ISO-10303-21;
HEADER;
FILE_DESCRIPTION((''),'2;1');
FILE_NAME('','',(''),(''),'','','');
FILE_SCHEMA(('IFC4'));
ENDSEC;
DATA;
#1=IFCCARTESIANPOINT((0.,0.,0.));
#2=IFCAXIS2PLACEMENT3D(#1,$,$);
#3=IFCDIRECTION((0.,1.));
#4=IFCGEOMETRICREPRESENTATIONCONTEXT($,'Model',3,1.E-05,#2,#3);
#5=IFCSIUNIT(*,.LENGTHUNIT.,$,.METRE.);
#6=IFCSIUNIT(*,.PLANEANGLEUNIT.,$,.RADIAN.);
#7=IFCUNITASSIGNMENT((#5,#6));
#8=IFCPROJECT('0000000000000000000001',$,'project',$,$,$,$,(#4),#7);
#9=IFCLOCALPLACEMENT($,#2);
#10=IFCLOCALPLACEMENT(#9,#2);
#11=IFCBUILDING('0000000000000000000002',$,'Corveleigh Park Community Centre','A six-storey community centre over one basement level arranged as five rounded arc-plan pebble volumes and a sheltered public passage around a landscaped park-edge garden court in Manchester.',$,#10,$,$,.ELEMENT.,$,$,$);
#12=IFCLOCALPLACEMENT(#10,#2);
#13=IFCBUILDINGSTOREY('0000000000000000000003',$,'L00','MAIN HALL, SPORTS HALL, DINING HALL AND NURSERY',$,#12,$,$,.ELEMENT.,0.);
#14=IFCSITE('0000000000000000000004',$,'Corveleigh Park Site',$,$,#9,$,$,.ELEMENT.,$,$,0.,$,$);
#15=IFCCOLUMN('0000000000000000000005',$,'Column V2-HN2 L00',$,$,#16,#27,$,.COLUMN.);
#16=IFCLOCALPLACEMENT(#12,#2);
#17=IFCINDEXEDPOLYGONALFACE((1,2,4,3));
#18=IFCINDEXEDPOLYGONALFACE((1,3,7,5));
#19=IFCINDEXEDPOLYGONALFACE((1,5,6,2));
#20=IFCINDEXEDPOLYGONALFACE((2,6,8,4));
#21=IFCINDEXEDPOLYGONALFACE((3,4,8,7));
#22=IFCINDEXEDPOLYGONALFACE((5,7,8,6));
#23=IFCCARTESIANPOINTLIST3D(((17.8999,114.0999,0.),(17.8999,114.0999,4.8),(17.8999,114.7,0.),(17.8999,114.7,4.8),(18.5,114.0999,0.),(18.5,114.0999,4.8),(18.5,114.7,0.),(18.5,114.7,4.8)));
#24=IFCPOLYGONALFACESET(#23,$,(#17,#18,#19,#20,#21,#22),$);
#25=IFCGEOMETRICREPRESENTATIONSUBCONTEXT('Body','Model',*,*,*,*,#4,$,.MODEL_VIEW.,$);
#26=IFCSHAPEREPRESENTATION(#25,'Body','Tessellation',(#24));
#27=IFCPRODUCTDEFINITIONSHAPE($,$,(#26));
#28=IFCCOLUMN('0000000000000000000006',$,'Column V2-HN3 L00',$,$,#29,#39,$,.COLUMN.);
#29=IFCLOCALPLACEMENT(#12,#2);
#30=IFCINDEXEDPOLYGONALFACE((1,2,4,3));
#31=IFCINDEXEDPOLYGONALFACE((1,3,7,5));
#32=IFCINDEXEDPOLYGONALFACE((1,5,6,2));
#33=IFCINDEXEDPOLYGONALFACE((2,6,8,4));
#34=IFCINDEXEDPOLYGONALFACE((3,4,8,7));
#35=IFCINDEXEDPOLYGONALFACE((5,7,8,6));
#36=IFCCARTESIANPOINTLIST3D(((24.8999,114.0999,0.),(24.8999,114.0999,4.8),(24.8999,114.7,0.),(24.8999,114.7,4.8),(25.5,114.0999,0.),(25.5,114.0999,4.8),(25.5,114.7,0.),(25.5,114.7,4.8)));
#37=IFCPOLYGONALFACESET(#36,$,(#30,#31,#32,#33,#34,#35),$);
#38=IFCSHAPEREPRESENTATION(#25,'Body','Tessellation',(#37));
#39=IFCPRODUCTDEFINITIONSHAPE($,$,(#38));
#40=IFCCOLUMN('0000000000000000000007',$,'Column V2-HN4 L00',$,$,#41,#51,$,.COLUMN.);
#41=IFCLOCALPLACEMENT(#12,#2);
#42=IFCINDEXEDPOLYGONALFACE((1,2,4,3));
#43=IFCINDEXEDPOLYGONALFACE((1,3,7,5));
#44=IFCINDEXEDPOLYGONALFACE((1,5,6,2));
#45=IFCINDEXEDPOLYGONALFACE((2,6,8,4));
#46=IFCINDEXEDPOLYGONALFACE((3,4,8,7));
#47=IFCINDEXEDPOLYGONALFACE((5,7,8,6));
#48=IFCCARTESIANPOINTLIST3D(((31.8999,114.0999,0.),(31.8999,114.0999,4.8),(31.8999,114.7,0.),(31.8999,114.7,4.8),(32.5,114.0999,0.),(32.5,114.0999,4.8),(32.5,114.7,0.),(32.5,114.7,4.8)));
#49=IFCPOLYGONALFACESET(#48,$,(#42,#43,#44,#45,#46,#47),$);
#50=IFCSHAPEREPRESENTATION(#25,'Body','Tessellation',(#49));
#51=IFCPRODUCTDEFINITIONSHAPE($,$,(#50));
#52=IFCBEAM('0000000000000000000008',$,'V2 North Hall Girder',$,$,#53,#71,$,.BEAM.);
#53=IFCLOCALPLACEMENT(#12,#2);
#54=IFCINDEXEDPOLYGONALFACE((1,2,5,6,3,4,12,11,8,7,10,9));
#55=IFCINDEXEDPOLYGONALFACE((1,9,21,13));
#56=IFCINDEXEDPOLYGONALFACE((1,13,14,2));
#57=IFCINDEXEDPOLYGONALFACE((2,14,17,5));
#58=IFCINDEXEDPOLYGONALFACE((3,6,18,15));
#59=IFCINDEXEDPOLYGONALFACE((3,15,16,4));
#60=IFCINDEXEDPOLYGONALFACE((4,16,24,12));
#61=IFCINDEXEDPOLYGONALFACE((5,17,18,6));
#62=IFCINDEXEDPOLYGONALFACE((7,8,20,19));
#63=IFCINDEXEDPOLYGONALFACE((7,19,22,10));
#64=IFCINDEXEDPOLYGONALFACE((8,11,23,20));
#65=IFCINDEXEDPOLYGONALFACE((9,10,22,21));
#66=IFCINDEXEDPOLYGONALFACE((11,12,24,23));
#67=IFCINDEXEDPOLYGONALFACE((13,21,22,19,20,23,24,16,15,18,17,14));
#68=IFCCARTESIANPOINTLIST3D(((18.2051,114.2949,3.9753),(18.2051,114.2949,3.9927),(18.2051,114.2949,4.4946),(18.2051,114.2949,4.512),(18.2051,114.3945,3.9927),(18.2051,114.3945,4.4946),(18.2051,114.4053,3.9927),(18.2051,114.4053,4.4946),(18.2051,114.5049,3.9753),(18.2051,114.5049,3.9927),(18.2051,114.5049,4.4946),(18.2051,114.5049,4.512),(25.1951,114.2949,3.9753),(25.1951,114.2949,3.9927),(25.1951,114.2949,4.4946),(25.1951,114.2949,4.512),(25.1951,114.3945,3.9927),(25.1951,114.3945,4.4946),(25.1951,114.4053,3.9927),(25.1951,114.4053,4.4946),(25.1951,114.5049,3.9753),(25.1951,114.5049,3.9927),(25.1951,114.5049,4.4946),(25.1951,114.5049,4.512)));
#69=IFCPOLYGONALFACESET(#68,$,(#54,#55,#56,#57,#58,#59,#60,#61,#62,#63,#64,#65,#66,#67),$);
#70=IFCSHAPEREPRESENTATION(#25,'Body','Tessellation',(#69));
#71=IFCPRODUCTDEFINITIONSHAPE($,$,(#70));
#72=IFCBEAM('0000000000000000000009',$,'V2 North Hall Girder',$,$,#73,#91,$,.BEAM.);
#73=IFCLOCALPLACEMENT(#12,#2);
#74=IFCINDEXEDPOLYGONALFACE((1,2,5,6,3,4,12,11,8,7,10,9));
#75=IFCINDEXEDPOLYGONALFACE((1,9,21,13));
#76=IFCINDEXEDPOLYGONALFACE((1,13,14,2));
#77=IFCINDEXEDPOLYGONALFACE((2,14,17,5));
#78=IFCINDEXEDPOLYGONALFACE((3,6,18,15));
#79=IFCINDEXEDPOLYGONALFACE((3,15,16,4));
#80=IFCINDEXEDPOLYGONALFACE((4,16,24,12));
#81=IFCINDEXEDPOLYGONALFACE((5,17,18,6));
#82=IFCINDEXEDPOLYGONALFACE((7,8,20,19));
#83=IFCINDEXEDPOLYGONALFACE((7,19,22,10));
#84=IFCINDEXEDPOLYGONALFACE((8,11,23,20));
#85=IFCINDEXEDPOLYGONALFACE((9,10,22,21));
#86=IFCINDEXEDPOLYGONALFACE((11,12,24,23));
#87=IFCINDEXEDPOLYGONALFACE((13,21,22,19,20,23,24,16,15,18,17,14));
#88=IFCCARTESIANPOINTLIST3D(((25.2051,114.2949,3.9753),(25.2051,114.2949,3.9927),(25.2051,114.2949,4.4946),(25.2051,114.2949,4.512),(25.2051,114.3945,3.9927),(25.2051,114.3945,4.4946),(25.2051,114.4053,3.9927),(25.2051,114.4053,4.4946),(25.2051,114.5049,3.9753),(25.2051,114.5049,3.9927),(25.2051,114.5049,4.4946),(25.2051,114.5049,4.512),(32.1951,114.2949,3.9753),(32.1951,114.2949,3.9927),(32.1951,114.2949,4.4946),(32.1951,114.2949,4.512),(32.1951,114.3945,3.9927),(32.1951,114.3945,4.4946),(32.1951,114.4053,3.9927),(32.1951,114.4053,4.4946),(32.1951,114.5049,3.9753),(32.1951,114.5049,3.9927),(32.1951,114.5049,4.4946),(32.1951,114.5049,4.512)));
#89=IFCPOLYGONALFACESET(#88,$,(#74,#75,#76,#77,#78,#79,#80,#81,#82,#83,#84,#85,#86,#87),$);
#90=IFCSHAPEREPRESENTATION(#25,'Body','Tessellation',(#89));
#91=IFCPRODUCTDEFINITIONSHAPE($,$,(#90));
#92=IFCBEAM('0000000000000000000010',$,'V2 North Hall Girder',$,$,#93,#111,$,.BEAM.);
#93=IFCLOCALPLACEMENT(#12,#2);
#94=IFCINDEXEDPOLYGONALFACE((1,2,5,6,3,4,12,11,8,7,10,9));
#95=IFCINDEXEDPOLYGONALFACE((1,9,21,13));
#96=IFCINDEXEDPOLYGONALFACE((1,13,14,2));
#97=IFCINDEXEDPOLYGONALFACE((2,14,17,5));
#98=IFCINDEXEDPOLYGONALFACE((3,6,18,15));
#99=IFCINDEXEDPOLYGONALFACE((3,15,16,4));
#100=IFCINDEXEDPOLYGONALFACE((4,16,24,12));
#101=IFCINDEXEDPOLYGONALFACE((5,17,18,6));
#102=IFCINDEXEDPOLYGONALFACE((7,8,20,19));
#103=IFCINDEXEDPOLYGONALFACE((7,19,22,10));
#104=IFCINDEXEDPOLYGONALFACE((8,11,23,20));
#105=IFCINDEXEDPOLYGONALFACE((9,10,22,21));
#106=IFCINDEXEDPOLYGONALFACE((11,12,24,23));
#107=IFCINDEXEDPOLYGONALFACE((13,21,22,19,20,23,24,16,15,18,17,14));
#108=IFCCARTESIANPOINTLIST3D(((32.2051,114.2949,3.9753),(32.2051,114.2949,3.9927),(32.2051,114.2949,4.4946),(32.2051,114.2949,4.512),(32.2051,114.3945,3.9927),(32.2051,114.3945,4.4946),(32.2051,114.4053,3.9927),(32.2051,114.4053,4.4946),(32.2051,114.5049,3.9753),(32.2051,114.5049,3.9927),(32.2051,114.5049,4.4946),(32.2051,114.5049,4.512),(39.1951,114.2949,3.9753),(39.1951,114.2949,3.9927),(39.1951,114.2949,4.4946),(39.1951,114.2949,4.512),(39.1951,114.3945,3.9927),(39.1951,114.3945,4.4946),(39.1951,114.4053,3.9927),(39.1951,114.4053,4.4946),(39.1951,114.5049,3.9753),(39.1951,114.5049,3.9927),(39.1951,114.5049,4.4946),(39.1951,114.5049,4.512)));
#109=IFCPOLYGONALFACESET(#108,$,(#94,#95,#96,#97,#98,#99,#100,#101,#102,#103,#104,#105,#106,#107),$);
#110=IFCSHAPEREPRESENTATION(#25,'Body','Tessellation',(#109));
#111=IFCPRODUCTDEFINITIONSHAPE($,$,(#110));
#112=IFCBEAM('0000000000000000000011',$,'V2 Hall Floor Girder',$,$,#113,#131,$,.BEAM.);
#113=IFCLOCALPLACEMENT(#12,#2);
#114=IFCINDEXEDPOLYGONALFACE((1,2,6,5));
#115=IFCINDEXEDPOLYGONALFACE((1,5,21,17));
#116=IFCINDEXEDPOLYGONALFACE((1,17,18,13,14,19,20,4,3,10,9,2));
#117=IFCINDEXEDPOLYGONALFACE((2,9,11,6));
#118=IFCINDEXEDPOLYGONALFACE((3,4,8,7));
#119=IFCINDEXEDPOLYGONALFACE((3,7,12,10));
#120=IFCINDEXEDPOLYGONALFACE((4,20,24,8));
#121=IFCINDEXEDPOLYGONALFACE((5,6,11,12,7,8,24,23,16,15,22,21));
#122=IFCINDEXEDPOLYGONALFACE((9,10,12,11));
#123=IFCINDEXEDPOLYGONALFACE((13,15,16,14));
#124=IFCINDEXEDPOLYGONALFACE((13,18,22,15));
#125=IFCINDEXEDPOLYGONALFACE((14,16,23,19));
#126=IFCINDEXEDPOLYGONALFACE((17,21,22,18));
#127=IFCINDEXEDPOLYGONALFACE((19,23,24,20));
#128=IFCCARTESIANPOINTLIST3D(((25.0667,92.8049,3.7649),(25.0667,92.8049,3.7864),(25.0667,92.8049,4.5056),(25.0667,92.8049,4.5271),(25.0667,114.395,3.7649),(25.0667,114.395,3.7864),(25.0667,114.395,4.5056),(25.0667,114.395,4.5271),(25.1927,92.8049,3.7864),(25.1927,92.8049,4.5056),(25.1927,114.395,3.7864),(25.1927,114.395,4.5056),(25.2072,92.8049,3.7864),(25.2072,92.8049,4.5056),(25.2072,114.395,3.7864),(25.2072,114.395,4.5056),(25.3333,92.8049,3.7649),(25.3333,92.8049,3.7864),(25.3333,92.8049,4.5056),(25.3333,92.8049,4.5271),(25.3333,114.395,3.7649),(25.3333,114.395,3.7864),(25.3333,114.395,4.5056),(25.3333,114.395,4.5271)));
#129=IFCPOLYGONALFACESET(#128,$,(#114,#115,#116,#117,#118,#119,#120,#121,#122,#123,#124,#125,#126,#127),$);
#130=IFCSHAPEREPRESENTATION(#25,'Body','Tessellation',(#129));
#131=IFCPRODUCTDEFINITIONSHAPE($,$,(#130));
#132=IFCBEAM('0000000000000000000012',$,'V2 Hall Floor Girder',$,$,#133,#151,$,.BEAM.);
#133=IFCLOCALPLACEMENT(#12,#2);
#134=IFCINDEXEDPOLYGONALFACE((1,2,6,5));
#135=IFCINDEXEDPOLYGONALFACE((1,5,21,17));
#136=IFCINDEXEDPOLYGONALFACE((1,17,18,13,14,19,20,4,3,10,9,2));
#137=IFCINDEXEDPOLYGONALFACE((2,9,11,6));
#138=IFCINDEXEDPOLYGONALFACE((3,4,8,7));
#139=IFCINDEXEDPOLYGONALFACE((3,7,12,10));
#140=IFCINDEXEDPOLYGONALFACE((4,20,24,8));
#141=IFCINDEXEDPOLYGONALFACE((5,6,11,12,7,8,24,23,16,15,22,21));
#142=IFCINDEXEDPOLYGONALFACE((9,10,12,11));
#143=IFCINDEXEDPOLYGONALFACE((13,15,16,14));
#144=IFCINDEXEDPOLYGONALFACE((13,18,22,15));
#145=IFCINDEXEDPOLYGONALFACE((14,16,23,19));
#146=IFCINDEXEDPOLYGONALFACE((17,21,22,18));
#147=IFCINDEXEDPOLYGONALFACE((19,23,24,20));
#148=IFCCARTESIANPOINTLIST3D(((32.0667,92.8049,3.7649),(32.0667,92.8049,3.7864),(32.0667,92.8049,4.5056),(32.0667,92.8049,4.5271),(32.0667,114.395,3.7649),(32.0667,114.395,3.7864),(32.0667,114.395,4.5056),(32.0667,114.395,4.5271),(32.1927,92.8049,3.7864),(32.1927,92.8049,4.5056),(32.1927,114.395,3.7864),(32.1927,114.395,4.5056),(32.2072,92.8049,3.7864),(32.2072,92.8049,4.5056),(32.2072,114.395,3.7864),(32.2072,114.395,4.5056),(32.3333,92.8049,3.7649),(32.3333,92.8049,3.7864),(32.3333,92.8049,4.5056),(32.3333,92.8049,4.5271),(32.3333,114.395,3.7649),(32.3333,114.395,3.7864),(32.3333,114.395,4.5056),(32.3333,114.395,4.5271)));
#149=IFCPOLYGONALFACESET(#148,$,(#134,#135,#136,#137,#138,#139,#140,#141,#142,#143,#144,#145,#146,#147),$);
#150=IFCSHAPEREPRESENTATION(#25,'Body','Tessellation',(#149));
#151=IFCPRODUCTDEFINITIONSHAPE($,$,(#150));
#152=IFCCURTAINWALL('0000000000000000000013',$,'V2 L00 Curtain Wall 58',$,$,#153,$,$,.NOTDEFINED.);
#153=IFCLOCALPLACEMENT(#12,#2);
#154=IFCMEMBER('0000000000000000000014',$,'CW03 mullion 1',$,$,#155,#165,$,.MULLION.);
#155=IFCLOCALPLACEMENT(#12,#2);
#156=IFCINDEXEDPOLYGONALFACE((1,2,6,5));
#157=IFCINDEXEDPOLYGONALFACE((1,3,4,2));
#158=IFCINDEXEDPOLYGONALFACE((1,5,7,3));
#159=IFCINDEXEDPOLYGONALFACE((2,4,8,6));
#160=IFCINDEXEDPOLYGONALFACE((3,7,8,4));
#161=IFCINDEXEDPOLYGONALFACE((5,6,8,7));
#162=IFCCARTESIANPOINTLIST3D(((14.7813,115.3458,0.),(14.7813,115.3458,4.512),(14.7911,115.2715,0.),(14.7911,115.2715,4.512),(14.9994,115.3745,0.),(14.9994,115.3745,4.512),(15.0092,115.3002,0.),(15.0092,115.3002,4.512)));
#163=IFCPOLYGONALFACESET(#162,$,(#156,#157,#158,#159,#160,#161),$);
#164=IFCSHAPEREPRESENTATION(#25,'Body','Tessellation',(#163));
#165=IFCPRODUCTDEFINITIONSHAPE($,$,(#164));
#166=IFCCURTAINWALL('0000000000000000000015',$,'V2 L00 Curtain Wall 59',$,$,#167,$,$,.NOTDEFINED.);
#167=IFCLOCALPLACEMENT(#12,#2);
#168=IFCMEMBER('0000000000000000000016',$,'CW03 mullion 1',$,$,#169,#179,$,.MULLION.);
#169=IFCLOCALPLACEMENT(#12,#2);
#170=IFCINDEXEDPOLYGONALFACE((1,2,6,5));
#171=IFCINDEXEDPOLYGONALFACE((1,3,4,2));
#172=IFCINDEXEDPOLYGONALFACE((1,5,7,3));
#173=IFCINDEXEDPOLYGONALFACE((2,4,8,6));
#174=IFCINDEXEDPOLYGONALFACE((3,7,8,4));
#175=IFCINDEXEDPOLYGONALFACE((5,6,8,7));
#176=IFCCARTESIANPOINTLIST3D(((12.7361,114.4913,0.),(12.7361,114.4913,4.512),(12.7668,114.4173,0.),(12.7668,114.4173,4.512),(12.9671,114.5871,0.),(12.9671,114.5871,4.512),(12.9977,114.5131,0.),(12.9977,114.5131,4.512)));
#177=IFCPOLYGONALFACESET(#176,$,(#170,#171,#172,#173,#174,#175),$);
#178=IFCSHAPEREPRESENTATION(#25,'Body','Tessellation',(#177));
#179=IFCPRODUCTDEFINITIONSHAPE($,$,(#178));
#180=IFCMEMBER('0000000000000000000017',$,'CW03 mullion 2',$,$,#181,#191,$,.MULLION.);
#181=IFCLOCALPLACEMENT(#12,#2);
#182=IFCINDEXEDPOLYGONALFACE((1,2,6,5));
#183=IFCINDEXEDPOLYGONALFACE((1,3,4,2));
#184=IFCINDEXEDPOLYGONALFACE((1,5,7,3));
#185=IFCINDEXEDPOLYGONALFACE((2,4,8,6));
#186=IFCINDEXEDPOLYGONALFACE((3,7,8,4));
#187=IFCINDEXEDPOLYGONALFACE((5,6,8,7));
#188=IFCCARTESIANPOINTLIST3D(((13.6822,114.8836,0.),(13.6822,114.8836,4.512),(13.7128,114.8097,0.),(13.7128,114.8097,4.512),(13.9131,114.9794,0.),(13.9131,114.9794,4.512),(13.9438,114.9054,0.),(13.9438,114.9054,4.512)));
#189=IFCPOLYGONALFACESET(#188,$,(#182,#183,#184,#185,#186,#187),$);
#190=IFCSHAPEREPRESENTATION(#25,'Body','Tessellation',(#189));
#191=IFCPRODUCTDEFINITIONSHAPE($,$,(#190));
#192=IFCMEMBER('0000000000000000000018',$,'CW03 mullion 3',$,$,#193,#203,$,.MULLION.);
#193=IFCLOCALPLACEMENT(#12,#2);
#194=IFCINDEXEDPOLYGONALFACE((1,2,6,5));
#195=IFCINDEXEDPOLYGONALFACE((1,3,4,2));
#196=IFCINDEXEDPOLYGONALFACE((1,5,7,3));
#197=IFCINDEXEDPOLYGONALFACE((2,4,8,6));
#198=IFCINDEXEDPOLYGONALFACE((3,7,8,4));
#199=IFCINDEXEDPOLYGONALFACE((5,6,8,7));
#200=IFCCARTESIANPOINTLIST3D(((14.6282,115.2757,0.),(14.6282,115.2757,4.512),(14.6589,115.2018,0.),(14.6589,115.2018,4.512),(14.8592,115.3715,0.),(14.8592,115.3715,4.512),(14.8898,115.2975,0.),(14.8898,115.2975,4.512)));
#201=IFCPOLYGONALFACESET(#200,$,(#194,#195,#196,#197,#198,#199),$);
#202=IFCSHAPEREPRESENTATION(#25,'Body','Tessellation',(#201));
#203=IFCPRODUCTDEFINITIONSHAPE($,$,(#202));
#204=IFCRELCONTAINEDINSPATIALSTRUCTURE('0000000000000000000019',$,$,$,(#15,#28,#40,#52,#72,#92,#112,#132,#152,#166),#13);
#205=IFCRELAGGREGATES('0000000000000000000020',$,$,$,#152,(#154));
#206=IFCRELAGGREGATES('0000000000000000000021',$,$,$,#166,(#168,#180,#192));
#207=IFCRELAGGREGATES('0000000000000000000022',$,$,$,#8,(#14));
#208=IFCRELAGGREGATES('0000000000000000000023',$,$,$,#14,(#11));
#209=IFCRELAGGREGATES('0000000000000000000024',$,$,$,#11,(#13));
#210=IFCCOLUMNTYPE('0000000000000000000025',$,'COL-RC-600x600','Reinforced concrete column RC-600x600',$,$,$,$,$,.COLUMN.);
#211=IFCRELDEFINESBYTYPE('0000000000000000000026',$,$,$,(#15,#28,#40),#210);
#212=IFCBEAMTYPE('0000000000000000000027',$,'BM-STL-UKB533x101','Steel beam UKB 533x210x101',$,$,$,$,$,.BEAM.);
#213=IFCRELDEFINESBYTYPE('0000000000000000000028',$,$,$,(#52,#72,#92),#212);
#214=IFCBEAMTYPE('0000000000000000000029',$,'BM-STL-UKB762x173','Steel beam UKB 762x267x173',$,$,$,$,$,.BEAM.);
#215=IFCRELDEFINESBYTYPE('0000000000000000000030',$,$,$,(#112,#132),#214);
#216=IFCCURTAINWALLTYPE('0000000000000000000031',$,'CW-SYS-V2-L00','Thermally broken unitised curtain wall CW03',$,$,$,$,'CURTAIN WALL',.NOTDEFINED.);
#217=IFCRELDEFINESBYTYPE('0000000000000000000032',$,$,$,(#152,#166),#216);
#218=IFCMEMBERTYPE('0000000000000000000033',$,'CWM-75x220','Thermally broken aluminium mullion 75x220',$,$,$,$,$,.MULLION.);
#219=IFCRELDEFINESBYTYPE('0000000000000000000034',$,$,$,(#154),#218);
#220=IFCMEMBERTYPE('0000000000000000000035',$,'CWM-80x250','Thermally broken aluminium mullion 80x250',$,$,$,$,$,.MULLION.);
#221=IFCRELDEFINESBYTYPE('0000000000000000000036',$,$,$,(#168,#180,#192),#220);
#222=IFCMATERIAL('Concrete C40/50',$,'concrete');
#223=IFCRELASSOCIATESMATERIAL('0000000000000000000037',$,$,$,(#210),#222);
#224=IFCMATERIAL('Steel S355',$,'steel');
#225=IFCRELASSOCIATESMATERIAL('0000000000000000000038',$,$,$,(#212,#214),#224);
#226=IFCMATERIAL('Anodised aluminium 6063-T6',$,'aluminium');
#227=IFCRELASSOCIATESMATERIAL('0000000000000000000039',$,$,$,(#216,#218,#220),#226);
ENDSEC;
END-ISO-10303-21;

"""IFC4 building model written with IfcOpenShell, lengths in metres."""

from ifc_helpers import new_model, si_unit, direction, frame, origin, origin_2d, place, context, subcontext, project, spatial, rectangle, i_section, extrude, material, material_profile, profile_set, type_object, element, aggregate, save


model = new_model("IFC4")

# Units and contexts
model_context = context("Model", 3, precision=1e-05, world=origin(), true_north=direction((0.0, 1.0)))
body_context = subcontext(model_context, "Body", "Model", "MODEL_VIEW")
ifc_project = project(units=[si_unit("LENGTHUNIT", "METRE"), si_unit("PLANEANGLEUNIT", "RADIAN")], contexts=[model_context])

# Site, building, storey
site_placement = place(None, origin())
site = spatial("IfcSite", under=ifc_project, at=site_placement, Name="Corveleigh Park Site", CompositionType="ELEMENT", RefElevation=0.0)
building_placement = place(site_placement, origin())
building = spatial("IfcBuilding", under=site, at=building_placement, Name="Corveleigh Park Community Centre", Description="A six-storey community centre over one basement level arranged as five rounded arc-plan pebble volumes and a sheltered public passage around a landscaped park-edge garden court in Manchester.", CompositionType="ELEMENT")
storey_placement = place(building_placement, origin())
storey = spatial("IfcBuildingStorey", under=building, at=storey_placement, Name="L00", Description="MAIN HALL, SPORTS HALL, DINING HALL AND NURSERY", CompositionType="ELEMENT", Elevation=0.0)

# Columns
ifc_material_1 = material(Name="Concrete C40/50", Category="concrete")
ifc_material_profile_1 = material_profile(ifc_material_1, rectangle(XDim=0.6001, YDim=0.6001, at=origin_2d()), Name="RC-600x600", Category="concrete")
ifc_profile_set_1 = profile_set([ifc_material_profile_1], Name="Concrete C40/50")
column_type = type_object("IfcColumnType", Name="COL-RC-600x600", Description="Reinforced concrete column RC-600x600", PredefinedType="COLUMN", material=ifc_profile_set_1)
for number, where, z_axis, x_axis, name in (
    (1, (18.2, 114.3999, 0.0), (0.0, 0.0, 1.0), (1.0, 0.0, 0.0), "Column V2-HN2 L00"),
    (2, (25.2, 114.3999, 0.0), (0.0, 0.0, 1.0), (1.0, 0.0, 0.0), "Column V2-HN3 L00"),
    (3, (32.2, 114.3999, 0.0), (0.0, 0.0, 1.0), (1.0, 0.0, 0.0), "Column V2-HN4 L00"),
):
    element("IfcColumn", number, at=place(storey_placement, frame(where, z_axis=z_axis, x_axis=x_axis)), inside=storey, type_object=column_type, Name=name, PredefinedType="COLUMN", context=body_context, shape_type="SweptSolid", body=[
        extrude(rectangle(XDim=0.6001, YDim=0.6001, at=origin_2d()), origin(), (0.0, 0.0, 1.0), 4.8),
    ])

# Beams
ifc_material_2 = material(Name="Steel S355", Category="steel")
ifc_material_profile_2 = material_profile(ifc_material_2, i_section(OverallWidth=0.21, OverallDepth=0.5366, WebThickness=0.0107, FlangeThickness=0.0173, at=origin_2d()), Name="UKB 533x210x101", Category="steel")
ifc_profile_set_2 = profile_set([ifc_material_profile_2], Name="Steel S355")
beam_type_1 = type_object("IfcBeamType", Name="BM-STL-UKB533x101", Description="Steel beam UKB 533x210x101", PredefinedType="BEAM", material=ifc_profile_set_2)
for number, where, z_axis, x_axis, name in (
    (4, (18.2051, 114.3999, 4.2437), (1.0, 0.0, 0.0), (0.0, 1.0, 0.0), "V2 North Hall Girder"),
    (5, (25.2051, 114.3999, 4.2437), (1.0, 0.0, 0.0), (0.0, 1.0, 0.0), "V2 North Hall Girder"),
    (6, (32.2051, 114.3999, 4.2437), (1.0, 0.0, 0.0), (0.0, 1.0, 0.0), "V2 North Hall Girder"),
):
    element("IfcBeam", number, at=place(storey_placement, frame(where, z_axis=z_axis, x_axis=x_axis)), inside=storey, type_object=beam_type_1, Name=name, PredefinedType="BEAM", context=body_context, shape_type="SweptSolid", body=[
        extrude(i_section(OverallWidth=0.21, OverallDepth=0.5366, WebThickness=0.0107, FlangeThickness=0.0173, at=origin_2d()), origin(), (0.0, 0.0, 1.0), 6.99),
    ])
ifc_material_profile_3 = material_profile(ifc_material_2, i_section(OverallWidth=0.2666, OverallDepth=0.7622, WebThickness=0.0144, FlangeThickness=0.0215, at=origin_2d()), Name="UKB 762x267x173", Category="steel")
ifc_profile_set_3 = profile_set([ifc_material_profile_3], Name="Steel S355")
beam_type_2 = type_object("IfcBeamType", Name="BM-STL-UKB762x173", Description="Steel beam UKB 762x267x173", PredefinedType="BEAM", material=ifc_profile_set_3)
for number, where, z_axis, x_axis, name in (
    (7, (25.2, 92.8049, 4.146), (0.0, 1.0, 0.0), (-1.0, 0.0, 0.0), "V2 Hall Floor Girder"),
    (8, (32.2, 92.8049, 4.146), (0.0, 1.0, 0.0), (-1.0, 0.0, 0.0), "V2 Hall Floor Girder"),
):
    element("IfcBeam", number, at=place(storey_placement, frame(where, z_axis=z_axis, x_axis=x_axis)), inside=storey, type_object=beam_type_2, Name=name, PredefinedType="BEAM", context=body_context, shape_type="SweptSolid", body=[
        extrude(i_section(OverallWidth=0.2666, OverallDepth=0.7622, WebThickness=0.0144, FlangeThickness=0.0215, at=origin_2d()), origin(), (0.0, 0.0, 1.0), 21.5901),
    ])

# Curtain wall, member
ifc_material_3 = material(Name="Anodised aluminium 6063-T6", Category="aluminium")
curtain_wall_type = type_object("IfcCurtainWallType", Name="CW-SYS-V2-L00", Description="Thermally broken unitised curtain wall CW03", ElementType="CURTAIN WALL", PredefinedType="NOTDEFINED", material=ifc_material_3)
curtain_wall_1_placement = place(storey_placement, origin())
curtain_wall_1 = element("IfcCurtainWall", 9, at=curtain_wall_1_placement, inside=storey, type_object=curtain_wall_type, Name="V2 L00 Curtain Wall 58", PredefinedType="NOTDEFINED")
ifc_material_profile_4 = material_profile(ifc_material_3, rectangle(XDim=0.075, YDim=0.22, at=origin_2d()), Name="ALU-M75x220", Category="aluminium")
ifc_profile_set_4 = profile_set([ifc_material_profile_4], Name="Anodised aluminium 6063-T6")
member_type_1 = type_object("IfcMemberType", Name="CWM-75x220", Description="Thermally broken aluminium mullion 75x220", PredefinedType="MULLION", material=ifc_profile_set_4)
member_1_placement = place(storey_placement, frame((14.8953, 115.323, 0.0), z_axis=(0.0, 0.0, 1.0), x_axis=(-0.130731, 0.991418, 0.0)))
member_1 = element("IfcMember", 10, at=member_1_placement, type_object=member_type_1, Name="CW03 mullion 1", PredefinedType="MULLION", context=body_context, shape_type="SweptSolid", body=[
    extrude(rectangle(XDim=0.075, YDim=0.22, at=origin_2d()), origin(), (0.0, 0.0, 1.0), 4.512),
])

# Curtain wall, members
curtain_wall_2_placement = place(storey_placement, origin())
curtain_wall_2 = element("IfcCurtainWall", 11, at=curtain_wall_2_placement, inside=storey, type_object=curtain_wall_type, Name="V2 L00 Curtain Wall 59", PredefinedType="NOTDEFINED")
ifc_material_profile_5 = material_profile(ifc_material_3, rectangle(XDim=0.0801, YDim=0.25, at=origin_2d()), Name="ALU-M80x250", Category="aluminium")
ifc_profile_set_5 = profile_set([ifc_material_profile_5], Name="Anodised aluminium 6063-T6")
member_type_2 = type_object("IfcMemberType", Name="CWM-80x250", Description="Thermally broken aluminium mullion 80x250", PredefinedType="MULLION", material=ifc_profile_set_5)
member_2_placement = place(storey_placement, frame((12.8669, 114.5022, 0.0), z_axis=(0.0, 0.0, 1.0), x_axis=(-0.382947, 0.92377, 0.0)))
member_2 = element("IfcMember", 12, at=member_2_placement, type_object=member_type_2, Name="CW03 mullion 1", PredefinedType="MULLION", context=body_context, shape_type="SweptSolid", body=[
    extrude(rectangle(XDim=0.0801, YDim=0.25, at=origin_2d()), origin(), (0.0, 0.0, 1.0), 4.512),
])
member_3_placement = place(storey_placement, frame((13.813, 114.8945, 0.0), z_axis=(0.0, 0.0, 1.0), x_axis=(-0.382947, 0.92377, 0.0)))
member_3 = element("IfcMember", 13, at=member_3_placement, type_object=member_type_2, Name="CW03 mullion 2", PredefinedType="MULLION", context=body_context, shape_type="SweptSolid", body=[
    extrude(rectangle(XDim=0.0801, YDim=0.25, at=origin_2d()), origin(), (0.0, 0.0, 1.0), 4.512),
])
member_4_placement = place(storey_placement, frame((14.759, 115.2866, 0.0), z_axis=(0.0, 0.0, 1.0), x_axis=(-0.382947, 0.92377, 0.0)))
member_4 = element("IfcMember", 14, at=member_4_placement, type_object=member_type_2, Name="CW03 mullion 3", PredefinedType="MULLION", context=body_context, shape_type="SweptSolid", body=[
    extrude(rectangle(XDim=0.0801, YDim=0.25, at=origin_2d()), origin(), (0.0, 0.0, 1.0), 4.512),
])

aggregate(curtain_wall_1, [member_1])

aggregate(curtain_wall_2, [member_2, member_3, member_4])

save(model, "model.ifc")
